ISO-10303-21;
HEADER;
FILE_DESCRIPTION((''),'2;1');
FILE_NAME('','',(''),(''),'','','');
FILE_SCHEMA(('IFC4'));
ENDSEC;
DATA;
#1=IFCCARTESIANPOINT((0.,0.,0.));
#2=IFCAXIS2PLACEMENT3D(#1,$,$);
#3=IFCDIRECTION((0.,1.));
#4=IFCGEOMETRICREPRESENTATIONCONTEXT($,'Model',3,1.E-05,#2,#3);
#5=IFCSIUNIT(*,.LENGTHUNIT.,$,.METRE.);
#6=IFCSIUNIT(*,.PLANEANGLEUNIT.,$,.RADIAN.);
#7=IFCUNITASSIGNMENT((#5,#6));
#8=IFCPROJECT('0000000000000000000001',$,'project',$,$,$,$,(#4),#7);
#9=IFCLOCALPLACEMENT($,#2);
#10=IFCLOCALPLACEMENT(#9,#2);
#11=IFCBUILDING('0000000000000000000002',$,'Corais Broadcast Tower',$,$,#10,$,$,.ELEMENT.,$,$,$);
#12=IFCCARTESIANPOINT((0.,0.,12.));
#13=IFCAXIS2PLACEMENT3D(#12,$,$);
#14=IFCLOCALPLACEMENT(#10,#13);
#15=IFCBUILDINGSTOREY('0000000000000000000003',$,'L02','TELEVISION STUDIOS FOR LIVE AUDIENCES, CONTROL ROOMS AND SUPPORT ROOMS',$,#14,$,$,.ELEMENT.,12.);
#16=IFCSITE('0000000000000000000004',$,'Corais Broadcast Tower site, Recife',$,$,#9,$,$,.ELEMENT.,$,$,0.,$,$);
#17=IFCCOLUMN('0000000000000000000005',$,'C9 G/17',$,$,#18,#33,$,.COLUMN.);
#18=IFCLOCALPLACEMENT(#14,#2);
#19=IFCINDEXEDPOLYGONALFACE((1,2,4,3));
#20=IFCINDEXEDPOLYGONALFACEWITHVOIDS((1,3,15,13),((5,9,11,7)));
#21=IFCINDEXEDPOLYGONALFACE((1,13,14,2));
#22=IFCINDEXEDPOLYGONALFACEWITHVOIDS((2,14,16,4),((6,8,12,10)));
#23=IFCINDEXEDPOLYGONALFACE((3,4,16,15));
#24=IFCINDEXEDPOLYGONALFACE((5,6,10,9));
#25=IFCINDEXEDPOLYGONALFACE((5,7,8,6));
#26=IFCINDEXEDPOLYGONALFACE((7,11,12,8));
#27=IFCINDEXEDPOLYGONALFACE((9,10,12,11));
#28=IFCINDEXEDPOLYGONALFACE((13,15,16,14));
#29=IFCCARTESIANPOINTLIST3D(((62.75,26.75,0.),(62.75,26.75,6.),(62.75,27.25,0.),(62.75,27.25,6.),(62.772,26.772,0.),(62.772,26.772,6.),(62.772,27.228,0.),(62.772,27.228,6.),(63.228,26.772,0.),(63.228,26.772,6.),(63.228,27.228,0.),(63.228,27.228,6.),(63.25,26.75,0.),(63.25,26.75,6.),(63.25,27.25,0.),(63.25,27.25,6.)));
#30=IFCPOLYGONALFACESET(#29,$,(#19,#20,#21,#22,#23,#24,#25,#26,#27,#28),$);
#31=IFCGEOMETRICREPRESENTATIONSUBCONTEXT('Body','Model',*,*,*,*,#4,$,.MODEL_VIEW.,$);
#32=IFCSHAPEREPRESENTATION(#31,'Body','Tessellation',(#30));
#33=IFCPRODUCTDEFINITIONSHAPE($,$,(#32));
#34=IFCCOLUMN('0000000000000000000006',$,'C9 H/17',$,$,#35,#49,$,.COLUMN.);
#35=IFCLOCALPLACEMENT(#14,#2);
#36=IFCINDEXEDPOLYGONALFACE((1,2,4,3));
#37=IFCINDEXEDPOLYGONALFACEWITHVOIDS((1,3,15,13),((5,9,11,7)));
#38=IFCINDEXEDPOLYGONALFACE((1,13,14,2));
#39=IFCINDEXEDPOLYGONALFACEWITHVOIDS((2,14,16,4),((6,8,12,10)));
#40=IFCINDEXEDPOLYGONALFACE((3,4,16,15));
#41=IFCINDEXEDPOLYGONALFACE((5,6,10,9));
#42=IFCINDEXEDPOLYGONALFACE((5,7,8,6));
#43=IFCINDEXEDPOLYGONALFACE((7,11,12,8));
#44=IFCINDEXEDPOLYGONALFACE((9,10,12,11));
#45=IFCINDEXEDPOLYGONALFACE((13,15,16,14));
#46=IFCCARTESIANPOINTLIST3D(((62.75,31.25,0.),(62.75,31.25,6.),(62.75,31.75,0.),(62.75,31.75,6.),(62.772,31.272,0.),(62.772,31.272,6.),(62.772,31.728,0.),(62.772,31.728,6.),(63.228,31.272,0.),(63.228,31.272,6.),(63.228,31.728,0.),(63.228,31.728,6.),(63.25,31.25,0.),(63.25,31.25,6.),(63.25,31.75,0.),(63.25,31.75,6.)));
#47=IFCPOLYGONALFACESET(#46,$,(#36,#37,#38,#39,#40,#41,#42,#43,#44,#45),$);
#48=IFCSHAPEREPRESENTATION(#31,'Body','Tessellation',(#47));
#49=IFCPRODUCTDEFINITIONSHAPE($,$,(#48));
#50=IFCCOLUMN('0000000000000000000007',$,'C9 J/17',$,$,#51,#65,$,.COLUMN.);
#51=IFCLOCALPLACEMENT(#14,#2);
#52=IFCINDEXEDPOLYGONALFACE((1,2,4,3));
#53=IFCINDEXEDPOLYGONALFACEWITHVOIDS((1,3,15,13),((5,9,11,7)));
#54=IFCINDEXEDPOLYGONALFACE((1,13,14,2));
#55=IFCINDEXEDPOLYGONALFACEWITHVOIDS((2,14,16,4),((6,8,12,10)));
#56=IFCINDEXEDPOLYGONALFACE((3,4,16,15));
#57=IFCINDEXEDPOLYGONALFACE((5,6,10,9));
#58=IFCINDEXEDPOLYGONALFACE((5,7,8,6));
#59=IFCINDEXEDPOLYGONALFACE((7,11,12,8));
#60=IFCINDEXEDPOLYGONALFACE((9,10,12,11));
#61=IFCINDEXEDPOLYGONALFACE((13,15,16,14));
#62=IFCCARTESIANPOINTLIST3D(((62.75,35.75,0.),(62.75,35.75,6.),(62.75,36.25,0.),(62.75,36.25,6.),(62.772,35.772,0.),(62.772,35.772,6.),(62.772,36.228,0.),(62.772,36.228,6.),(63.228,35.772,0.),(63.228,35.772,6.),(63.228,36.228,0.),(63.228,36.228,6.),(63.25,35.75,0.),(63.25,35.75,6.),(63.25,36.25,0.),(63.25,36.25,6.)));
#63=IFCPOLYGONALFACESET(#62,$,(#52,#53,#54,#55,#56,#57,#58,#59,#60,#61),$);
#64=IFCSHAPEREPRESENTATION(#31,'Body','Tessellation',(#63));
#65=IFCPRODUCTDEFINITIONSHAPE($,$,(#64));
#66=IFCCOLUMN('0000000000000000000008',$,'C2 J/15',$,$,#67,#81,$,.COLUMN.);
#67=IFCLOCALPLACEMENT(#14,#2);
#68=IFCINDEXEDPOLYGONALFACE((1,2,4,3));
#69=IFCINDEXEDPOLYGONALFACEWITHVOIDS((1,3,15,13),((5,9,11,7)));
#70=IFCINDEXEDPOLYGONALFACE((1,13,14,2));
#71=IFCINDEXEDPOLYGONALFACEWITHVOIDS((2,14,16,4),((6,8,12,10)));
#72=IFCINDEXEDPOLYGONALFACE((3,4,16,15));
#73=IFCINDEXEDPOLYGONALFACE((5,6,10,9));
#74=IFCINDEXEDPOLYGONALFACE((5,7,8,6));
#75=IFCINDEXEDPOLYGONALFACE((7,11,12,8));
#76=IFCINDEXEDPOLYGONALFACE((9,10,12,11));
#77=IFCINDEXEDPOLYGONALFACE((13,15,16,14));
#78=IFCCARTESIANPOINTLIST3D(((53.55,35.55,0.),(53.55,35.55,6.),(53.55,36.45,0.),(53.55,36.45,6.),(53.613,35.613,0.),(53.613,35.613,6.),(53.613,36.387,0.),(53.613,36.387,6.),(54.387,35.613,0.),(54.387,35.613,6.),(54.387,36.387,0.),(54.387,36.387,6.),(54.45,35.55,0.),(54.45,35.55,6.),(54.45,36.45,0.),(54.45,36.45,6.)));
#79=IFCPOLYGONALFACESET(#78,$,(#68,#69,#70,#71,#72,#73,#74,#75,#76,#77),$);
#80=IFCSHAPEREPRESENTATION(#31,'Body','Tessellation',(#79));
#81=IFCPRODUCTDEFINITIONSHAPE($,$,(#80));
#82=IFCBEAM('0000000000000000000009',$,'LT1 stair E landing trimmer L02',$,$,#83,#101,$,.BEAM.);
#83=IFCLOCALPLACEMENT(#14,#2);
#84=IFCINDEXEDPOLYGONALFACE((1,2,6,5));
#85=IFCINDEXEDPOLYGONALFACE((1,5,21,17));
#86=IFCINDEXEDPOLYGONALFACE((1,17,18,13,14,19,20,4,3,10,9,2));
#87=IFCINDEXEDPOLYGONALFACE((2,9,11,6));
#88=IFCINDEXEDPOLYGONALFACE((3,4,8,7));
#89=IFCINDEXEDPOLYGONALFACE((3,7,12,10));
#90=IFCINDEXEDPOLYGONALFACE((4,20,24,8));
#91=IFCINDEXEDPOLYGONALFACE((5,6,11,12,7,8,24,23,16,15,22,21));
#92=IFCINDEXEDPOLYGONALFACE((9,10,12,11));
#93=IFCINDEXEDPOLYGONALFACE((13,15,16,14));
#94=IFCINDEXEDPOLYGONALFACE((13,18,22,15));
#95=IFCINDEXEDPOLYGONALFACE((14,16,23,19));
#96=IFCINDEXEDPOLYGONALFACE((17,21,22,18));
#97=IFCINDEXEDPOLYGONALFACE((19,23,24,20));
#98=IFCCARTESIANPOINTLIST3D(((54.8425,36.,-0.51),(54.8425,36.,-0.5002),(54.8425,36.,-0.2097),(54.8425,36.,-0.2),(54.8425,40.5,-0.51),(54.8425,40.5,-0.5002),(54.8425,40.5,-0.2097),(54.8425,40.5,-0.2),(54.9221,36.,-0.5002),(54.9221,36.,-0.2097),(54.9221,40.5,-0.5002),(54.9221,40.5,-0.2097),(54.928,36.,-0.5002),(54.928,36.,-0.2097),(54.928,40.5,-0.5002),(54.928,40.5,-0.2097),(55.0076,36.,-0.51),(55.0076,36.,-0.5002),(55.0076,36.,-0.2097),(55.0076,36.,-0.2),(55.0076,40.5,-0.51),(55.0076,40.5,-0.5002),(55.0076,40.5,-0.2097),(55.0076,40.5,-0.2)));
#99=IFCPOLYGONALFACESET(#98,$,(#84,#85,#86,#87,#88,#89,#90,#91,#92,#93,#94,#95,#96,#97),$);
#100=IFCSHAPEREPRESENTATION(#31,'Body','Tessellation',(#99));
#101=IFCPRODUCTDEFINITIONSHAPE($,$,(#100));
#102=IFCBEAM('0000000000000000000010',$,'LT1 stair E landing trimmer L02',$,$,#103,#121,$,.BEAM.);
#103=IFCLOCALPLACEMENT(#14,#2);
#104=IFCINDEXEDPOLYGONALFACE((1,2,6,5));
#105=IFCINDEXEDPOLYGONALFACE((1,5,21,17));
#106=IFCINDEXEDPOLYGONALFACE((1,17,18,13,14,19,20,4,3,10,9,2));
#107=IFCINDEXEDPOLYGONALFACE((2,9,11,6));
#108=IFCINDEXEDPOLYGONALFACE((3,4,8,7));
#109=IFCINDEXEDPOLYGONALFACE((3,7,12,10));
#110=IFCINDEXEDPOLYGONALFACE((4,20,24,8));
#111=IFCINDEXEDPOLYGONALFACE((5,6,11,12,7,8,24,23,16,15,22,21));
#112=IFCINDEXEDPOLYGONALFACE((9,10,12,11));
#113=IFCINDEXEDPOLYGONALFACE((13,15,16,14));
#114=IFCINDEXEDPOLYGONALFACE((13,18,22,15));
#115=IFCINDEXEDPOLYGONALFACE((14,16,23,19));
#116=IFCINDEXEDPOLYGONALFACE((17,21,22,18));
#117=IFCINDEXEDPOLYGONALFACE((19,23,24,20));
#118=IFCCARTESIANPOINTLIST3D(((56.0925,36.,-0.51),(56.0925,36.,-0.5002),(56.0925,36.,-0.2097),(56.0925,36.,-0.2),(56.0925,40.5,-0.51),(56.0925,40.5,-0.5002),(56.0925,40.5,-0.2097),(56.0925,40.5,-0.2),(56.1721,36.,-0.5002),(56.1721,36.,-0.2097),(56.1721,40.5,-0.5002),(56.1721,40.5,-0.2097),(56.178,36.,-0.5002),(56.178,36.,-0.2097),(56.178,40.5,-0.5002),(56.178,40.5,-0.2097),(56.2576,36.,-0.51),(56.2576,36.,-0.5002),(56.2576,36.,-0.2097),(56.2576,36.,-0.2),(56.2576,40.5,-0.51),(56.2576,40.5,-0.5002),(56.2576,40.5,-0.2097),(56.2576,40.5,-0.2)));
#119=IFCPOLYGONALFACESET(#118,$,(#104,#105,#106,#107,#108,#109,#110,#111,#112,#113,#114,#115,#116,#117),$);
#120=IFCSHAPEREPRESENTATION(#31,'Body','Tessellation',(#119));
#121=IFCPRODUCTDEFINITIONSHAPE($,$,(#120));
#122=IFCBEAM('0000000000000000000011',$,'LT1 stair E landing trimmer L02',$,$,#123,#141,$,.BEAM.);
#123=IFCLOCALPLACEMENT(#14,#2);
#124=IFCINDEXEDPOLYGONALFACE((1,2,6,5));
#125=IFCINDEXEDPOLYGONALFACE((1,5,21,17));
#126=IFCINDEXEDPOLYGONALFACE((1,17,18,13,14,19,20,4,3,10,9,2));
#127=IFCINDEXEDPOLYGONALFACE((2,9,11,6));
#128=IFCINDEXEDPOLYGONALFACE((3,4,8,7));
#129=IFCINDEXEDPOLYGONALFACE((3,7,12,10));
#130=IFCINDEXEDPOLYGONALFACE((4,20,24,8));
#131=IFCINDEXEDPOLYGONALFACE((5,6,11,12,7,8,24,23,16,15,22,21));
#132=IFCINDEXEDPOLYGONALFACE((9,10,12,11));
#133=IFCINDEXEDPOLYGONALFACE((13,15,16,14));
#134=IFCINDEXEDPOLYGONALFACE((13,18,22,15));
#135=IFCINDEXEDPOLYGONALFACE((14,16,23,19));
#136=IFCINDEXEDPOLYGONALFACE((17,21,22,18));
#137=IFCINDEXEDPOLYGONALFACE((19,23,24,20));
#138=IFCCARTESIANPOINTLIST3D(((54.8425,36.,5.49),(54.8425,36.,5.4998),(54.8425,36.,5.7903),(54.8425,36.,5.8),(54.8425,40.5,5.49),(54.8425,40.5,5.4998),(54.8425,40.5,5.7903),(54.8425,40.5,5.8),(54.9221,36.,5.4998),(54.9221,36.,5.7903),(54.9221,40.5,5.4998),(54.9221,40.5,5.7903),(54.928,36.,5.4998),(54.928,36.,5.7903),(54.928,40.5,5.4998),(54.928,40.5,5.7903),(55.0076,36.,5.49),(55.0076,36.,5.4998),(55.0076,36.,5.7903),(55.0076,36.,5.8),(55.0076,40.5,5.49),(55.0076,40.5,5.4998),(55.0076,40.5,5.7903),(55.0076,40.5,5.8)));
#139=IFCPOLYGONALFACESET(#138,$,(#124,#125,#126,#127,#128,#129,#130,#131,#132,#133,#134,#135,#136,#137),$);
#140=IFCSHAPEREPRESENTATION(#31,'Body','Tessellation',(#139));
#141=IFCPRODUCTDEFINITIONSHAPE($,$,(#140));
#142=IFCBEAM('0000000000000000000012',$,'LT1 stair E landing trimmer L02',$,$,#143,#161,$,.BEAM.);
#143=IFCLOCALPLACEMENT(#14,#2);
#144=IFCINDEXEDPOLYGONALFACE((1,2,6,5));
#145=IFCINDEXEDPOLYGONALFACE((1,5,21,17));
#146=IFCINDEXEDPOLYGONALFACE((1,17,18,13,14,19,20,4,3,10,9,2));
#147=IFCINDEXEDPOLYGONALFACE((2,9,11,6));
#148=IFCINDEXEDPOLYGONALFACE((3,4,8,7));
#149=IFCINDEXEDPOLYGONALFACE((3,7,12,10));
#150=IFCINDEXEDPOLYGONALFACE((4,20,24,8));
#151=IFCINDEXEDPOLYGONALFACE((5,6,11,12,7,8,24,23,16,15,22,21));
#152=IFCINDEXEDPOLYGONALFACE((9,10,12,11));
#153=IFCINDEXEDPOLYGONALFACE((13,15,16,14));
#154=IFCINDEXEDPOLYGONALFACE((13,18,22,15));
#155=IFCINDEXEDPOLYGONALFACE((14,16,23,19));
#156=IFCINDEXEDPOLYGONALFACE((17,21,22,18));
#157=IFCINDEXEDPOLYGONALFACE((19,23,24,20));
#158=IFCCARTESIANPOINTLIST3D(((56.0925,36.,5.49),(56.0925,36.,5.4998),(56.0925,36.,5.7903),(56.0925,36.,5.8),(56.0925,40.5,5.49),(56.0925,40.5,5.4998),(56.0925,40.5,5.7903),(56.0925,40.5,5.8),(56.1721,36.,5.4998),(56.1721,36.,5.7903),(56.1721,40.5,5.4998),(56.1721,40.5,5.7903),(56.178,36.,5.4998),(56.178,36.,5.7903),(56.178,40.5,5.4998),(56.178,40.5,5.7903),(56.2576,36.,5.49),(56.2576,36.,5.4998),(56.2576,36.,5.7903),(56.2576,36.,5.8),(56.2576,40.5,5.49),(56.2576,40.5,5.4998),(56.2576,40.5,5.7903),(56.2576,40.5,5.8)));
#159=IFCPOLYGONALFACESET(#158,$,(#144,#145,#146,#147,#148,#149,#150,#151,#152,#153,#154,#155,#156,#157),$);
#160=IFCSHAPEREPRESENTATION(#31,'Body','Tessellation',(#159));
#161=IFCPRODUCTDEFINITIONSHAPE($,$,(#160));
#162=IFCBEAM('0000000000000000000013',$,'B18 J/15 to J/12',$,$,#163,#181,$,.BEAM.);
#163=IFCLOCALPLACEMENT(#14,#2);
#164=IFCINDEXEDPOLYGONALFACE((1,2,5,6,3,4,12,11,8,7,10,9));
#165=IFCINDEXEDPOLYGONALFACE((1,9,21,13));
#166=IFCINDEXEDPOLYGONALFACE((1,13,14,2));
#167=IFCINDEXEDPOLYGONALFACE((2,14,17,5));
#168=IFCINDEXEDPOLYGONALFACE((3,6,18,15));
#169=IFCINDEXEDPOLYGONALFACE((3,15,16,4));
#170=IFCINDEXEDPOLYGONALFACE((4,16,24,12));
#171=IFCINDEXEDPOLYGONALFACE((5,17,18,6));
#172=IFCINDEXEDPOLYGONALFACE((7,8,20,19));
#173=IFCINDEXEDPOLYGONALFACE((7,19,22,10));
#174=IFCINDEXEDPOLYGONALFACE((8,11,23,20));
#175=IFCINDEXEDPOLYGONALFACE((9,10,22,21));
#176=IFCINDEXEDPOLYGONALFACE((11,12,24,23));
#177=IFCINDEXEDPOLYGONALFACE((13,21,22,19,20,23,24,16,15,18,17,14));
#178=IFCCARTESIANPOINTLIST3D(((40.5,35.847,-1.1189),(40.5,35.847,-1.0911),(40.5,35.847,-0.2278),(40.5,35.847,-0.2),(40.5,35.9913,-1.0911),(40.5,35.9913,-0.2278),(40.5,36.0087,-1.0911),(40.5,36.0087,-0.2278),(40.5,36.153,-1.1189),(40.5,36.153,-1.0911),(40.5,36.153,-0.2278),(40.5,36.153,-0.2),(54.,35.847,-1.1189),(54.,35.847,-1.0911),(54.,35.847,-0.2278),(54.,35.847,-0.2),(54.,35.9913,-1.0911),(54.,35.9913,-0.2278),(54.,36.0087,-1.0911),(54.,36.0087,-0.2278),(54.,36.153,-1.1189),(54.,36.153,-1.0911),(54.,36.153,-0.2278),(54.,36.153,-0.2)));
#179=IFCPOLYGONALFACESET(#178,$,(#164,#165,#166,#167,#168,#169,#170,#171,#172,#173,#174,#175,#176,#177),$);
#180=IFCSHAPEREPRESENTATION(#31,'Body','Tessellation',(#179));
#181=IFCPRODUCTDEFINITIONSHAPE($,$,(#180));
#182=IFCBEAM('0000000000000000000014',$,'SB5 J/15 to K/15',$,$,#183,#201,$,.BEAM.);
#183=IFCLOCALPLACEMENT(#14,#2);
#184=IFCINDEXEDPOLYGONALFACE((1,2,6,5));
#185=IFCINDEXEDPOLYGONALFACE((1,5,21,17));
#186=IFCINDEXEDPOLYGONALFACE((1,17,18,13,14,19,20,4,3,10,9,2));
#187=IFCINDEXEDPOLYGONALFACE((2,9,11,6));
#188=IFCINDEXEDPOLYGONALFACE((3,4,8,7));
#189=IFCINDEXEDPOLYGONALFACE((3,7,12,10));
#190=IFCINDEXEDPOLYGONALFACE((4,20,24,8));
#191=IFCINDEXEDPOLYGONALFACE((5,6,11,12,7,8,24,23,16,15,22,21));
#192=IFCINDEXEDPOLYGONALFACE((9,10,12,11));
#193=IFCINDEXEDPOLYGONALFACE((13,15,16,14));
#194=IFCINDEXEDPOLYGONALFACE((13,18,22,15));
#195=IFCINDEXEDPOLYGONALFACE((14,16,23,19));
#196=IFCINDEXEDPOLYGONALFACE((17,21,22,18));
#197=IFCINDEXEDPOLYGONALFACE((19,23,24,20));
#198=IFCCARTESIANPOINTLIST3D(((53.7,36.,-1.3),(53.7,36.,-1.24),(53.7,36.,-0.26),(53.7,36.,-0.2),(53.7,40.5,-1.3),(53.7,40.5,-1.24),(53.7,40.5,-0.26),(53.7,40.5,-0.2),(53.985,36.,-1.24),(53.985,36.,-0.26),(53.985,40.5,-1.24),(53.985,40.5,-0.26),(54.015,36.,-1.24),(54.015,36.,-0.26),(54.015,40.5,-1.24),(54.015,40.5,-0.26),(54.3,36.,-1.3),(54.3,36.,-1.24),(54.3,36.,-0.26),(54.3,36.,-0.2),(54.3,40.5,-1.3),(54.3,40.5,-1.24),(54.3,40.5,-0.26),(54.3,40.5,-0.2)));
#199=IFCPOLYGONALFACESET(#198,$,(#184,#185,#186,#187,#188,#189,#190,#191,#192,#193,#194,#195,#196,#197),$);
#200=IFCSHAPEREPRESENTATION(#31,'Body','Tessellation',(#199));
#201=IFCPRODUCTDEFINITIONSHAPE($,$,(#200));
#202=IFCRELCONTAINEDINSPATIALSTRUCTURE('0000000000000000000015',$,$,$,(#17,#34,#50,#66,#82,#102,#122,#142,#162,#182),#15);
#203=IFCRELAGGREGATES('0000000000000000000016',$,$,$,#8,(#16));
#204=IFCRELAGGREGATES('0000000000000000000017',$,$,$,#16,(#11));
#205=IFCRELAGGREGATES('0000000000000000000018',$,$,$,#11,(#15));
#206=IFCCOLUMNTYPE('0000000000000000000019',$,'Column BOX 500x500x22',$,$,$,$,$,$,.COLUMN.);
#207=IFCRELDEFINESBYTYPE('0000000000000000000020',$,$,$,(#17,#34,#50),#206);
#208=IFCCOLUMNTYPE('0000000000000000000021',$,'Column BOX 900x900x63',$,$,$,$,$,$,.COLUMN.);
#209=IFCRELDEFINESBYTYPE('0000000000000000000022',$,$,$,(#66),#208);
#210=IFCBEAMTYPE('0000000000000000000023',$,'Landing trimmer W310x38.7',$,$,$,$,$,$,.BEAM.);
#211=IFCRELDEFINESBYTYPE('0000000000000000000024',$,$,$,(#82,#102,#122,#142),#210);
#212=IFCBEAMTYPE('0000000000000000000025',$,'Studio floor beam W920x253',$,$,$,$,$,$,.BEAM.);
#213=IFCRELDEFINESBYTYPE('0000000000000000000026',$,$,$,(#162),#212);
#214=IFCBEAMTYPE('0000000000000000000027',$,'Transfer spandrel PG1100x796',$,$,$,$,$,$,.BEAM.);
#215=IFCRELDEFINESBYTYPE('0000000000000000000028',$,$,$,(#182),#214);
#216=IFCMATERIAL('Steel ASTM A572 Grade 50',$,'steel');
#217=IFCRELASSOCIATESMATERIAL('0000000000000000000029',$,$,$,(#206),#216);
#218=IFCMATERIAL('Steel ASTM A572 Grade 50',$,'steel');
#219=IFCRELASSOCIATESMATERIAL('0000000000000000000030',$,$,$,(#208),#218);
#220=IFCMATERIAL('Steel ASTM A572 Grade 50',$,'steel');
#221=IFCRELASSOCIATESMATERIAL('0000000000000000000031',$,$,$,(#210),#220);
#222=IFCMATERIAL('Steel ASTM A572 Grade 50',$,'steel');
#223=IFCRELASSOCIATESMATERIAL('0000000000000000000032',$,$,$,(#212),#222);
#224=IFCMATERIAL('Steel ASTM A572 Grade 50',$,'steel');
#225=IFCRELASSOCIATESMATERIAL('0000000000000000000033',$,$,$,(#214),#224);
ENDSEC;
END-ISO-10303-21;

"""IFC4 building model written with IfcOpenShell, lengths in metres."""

from ifc_helpers import new_model, si_unit, direction, frame, origin, origin_2d, place, context, subcontext, project, spatial, hollow_rectangle, i_section, extrude, material, material_profile, profile_set, type_object, element, save


model = new_model("IFC4")

# Units and contexts
model_context = context("Model", 3, precision=1e-05, world=origin(), true_north=direction((0.0, 1.0)))
body_context = subcontext(model_context, "Body", "Model", "MODEL_VIEW")
ifc_project = project(units=[si_unit("LENGTHUNIT", "METRE"), si_unit("PLANEANGLEUNIT", "RADIAN")], contexts=[model_context])

# Site, building, storey
site_placement = place(None, origin())
site = spatial("IfcSite", under=ifc_project, at=site_placement, Name="Corais Broadcast Tower site, Recife", CompositionType="ELEMENT", RefElevation=0.0)
building_placement = place(site_placement, origin())
building = spatial("IfcBuilding", under=site, at=building_placement, Name="Corais Broadcast Tower", CompositionType="ELEMENT")
storey_placement = place(building_placement, frame((0.0, 0.0, 12.0)))
storey = spatial("IfcBuildingStorey", under=building, at=storey_placement, Name="L02", Description="TELEVISION STUDIOS FOR LIVE AUDIENCES, CONTROL ROOMS AND SUPPORT ROOMS", CompositionType="ELEMENT", Elevation=12.0)

# Columns
ifc_material_1 = material(Name="Steel ASTM A572 Grade 50", Category="steel")
ifc_material_profile_1 = material_profile(ifc_material_1, hollow_rectangle(XDim=0.5, YDim=0.5, WallThickness=0.022, at=origin_2d()), Name="BOX 500x500x22")
ifc_profile_set_1 = profile_set([ifc_material_profile_1], Name="Steel ASTM A572 Grade 50")
column_type_1 = type_object("IfcColumnType", Name="Column BOX 500x500x22", PredefinedType="COLUMN", material=ifc_profile_set_1)
for number, where, z_axis, x_axis, name in (
    (1, (63.0, 27.0, 0.0), (0.0, 0.0, 1.0), (1.0, 0.0, 0.0), "C9 G/17"),
    (2, (63.0, 31.5, 0.0), (0.0, 0.0, 1.0), (1.0, 0.0, 0.0), "C9 H/17"),
    (3, (63.0, 36.0, 0.0), (0.0, 0.0, 1.0), (1.0, 0.0, 0.0), "C9 J/17"),
):
    element("IfcColumn", number, at=place(storey_placement, frame(where, z_axis=z_axis, x_axis=x_axis)), inside=storey, type_object=column_type_1, Name=name, PredefinedType="COLUMN", context=body_context, shape_type="SweptSolid", body=[
        extrude(hollow_rectangle(XDim=0.5, YDim=0.5, WallThickness=0.022, at=origin_2d()), origin(), (0.0, 0.0, 1.0), 6.0),
    ])
ifc_material_2 = material(Name="Steel ASTM A572 Grade 50", Category="steel")
ifc_material_profile_2 = material_profile(ifc_material_2, hollow_rectangle(XDim=0.8999, YDim=0.8999, WallThickness=0.063, at=origin_2d()), Name="BOX 900x900x63")
ifc_profile_set_2 = profile_set([ifc_material_profile_2], Name="Steel ASTM A572 Grade 50")
column_type_2 = type_object("IfcColumnType", Name="Column BOX 900x900x63", PredefinedType="COLUMN", material=ifc_profile_set_2)
column_placement = place(storey_placement, frame((54.0, 36.0, 0.0), z_axis=(0.0, 0.0, 1.0), x_axis=(1.0, 0.0, 0.0)))
element("IfcColumn", 4, at=column_placement, inside=storey, type_object=column_type_2, Name="C2 J/15", PredefinedType="COLUMN", context=body_context, shape_type="SweptSolid", body=[
    extrude(hollow_rectangle(XDim=0.8999, YDim=0.8999, WallThickness=0.063, at=origin_2d()), origin(), (0.0, 0.0, 1.0), 6.0),
])

# Beams
ifc_material_3 = material(Name="Steel ASTM A572 Grade 50", Category="steel")
ifc_material_profile_3 = material_profile(ifc_material_3, i_section(OverallWidth=0.165, OverallDepth=0.3101, WebThickness=0.0059, FlangeThickness=0.0098, at=origin_2d()), Name="W310x38.7")
ifc_profile_set_3 = profile_set([ifc_material_profile_3], Name="Steel ASTM A572 Grade 50")
beam_type_1 = type_object("IfcBeamType", Name="Landing trimmer W310x38.7", PredefinedType="BEAM", material=ifc_profile_set_3)
for number, where, z_axis, x_axis, name in (
    (5, (54.925, 36.0, -0.355), (0.0, 1.0, 0.0), (-1.0, 0.0, 0.0), "LT1 stair E landing trimmer L02"),
    (6, (56.175, 36.0, -0.355), (0.0, 1.0, 0.0), (-1.0, 0.0, 0.0), "LT1 stair E landing trimmer L02"),
    (7, (54.925, 36.0, 5.645), (0.0, 1.0, 0.0), (-1.0, 0.0, 0.0), "LT1 stair E landing trimmer L02"),
    (8, (56.175, 36.0, 5.645), (0.0, 1.0, 0.0), (-1.0, 0.0, 0.0), "LT1 stair E landing trimmer L02"),
):
    element("IfcBeam", number, at=place(storey_placement, frame(where, z_axis=z_axis, x_axis=x_axis)), inside=storey, type_object=beam_type_1, Name=name, PredefinedType="BEAM", context=body_context, shape_type="SweptSolid", body=[
        extrude(i_section(OverallWidth=0.165, OverallDepth=0.3101, WebThickness=0.0059, FlangeThickness=0.0098, at=origin_2d()), origin(), (0.0, 0.0, 1.0), 4.5),
    ])
ifc_material_4 = material(Name="Steel ASTM A572 Grade 50", Category="steel")
ifc_material_profile_4 = material_profile(ifc_material_4, i_section(OverallWidth=0.3059, OverallDepth=0.9189, WebThickness=0.0173, FlangeThickness=0.0278, at=origin_2d()), Name="W920x253")
ifc_profile_set_4 = profile_set([ifc_material_profile_4], Name="Steel ASTM A572 Grade 50")
beam_type_2 = type_object("IfcBeamType", Name="Studio floor beam W920x253", PredefinedType="BEAM", material=ifc_profile_set_4)
beam_1_placement = place(storey_placement, frame((54.0, 36.0, -0.6594), z_axis=(-1.0, 0.0, 0.0), x_axis=(0.0, -1.0, 0.0)))
element("IfcBeam", 9, at=beam_1_placement, inside=storey, type_object=beam_type_2, Name="B18 J/15 to J/12", PredefinedType="BEAM", context=body_context, shape_type="SweptSolid", body=[
    extrude(i_section(OverallWidth=0.3059, OverallDepth=0.9189, WebThickness=0.0173, FlangeThickness=0.0278, at=origin_2d()), origin(), (0.0, 0.0, 1.0), 13.5),
])
ifc_material_5 = material(Name="Steel ASTM A572 Grade 50", Category="steel")
ifc_material_profile_5 = material_profile(ifc_material_5, i_section(OverallWidth=0.6001, OverallDepth=1.1001, WebThickness=0.03, FlangeThickness=0.0601, at=origin_2d()), Name="PG1100x796")
ifc_profile_set_5 = profile_set([ifc_material_profile_5], Name="Steel ASTM A572 Grade 50")
beam_type_3 = type_object("IfcBeamType", Name="Transfer spandrel PG1100x796", PredefinedType="BEAM", material=ifc_profile_set_5)
beam_2_placement = place(storey_placement, frame((54.0, 36.0, -0.75), z_axis=(0.0, 1.0, 0.0), x_axis=(-1.0, 0.0, 0.0)))
element("IfcBeam", 10, at=beam_2_placement, inside=storey, type_object=beam_type_3, Name="SB5 J/15 to K/15", PredefinedType="BEAM", context=body_context, shape_type="SweptSolid", body=[
    extrude(i_section(OverallWidth=0.6001, OverallDepth=1.1001, WebThickness=0.03, FlangeThickness=0.0601, at=origin_2d()), origin(), (0.0, 0.0, 1.0), 4.5),
])

save(model, "model.ifc")
